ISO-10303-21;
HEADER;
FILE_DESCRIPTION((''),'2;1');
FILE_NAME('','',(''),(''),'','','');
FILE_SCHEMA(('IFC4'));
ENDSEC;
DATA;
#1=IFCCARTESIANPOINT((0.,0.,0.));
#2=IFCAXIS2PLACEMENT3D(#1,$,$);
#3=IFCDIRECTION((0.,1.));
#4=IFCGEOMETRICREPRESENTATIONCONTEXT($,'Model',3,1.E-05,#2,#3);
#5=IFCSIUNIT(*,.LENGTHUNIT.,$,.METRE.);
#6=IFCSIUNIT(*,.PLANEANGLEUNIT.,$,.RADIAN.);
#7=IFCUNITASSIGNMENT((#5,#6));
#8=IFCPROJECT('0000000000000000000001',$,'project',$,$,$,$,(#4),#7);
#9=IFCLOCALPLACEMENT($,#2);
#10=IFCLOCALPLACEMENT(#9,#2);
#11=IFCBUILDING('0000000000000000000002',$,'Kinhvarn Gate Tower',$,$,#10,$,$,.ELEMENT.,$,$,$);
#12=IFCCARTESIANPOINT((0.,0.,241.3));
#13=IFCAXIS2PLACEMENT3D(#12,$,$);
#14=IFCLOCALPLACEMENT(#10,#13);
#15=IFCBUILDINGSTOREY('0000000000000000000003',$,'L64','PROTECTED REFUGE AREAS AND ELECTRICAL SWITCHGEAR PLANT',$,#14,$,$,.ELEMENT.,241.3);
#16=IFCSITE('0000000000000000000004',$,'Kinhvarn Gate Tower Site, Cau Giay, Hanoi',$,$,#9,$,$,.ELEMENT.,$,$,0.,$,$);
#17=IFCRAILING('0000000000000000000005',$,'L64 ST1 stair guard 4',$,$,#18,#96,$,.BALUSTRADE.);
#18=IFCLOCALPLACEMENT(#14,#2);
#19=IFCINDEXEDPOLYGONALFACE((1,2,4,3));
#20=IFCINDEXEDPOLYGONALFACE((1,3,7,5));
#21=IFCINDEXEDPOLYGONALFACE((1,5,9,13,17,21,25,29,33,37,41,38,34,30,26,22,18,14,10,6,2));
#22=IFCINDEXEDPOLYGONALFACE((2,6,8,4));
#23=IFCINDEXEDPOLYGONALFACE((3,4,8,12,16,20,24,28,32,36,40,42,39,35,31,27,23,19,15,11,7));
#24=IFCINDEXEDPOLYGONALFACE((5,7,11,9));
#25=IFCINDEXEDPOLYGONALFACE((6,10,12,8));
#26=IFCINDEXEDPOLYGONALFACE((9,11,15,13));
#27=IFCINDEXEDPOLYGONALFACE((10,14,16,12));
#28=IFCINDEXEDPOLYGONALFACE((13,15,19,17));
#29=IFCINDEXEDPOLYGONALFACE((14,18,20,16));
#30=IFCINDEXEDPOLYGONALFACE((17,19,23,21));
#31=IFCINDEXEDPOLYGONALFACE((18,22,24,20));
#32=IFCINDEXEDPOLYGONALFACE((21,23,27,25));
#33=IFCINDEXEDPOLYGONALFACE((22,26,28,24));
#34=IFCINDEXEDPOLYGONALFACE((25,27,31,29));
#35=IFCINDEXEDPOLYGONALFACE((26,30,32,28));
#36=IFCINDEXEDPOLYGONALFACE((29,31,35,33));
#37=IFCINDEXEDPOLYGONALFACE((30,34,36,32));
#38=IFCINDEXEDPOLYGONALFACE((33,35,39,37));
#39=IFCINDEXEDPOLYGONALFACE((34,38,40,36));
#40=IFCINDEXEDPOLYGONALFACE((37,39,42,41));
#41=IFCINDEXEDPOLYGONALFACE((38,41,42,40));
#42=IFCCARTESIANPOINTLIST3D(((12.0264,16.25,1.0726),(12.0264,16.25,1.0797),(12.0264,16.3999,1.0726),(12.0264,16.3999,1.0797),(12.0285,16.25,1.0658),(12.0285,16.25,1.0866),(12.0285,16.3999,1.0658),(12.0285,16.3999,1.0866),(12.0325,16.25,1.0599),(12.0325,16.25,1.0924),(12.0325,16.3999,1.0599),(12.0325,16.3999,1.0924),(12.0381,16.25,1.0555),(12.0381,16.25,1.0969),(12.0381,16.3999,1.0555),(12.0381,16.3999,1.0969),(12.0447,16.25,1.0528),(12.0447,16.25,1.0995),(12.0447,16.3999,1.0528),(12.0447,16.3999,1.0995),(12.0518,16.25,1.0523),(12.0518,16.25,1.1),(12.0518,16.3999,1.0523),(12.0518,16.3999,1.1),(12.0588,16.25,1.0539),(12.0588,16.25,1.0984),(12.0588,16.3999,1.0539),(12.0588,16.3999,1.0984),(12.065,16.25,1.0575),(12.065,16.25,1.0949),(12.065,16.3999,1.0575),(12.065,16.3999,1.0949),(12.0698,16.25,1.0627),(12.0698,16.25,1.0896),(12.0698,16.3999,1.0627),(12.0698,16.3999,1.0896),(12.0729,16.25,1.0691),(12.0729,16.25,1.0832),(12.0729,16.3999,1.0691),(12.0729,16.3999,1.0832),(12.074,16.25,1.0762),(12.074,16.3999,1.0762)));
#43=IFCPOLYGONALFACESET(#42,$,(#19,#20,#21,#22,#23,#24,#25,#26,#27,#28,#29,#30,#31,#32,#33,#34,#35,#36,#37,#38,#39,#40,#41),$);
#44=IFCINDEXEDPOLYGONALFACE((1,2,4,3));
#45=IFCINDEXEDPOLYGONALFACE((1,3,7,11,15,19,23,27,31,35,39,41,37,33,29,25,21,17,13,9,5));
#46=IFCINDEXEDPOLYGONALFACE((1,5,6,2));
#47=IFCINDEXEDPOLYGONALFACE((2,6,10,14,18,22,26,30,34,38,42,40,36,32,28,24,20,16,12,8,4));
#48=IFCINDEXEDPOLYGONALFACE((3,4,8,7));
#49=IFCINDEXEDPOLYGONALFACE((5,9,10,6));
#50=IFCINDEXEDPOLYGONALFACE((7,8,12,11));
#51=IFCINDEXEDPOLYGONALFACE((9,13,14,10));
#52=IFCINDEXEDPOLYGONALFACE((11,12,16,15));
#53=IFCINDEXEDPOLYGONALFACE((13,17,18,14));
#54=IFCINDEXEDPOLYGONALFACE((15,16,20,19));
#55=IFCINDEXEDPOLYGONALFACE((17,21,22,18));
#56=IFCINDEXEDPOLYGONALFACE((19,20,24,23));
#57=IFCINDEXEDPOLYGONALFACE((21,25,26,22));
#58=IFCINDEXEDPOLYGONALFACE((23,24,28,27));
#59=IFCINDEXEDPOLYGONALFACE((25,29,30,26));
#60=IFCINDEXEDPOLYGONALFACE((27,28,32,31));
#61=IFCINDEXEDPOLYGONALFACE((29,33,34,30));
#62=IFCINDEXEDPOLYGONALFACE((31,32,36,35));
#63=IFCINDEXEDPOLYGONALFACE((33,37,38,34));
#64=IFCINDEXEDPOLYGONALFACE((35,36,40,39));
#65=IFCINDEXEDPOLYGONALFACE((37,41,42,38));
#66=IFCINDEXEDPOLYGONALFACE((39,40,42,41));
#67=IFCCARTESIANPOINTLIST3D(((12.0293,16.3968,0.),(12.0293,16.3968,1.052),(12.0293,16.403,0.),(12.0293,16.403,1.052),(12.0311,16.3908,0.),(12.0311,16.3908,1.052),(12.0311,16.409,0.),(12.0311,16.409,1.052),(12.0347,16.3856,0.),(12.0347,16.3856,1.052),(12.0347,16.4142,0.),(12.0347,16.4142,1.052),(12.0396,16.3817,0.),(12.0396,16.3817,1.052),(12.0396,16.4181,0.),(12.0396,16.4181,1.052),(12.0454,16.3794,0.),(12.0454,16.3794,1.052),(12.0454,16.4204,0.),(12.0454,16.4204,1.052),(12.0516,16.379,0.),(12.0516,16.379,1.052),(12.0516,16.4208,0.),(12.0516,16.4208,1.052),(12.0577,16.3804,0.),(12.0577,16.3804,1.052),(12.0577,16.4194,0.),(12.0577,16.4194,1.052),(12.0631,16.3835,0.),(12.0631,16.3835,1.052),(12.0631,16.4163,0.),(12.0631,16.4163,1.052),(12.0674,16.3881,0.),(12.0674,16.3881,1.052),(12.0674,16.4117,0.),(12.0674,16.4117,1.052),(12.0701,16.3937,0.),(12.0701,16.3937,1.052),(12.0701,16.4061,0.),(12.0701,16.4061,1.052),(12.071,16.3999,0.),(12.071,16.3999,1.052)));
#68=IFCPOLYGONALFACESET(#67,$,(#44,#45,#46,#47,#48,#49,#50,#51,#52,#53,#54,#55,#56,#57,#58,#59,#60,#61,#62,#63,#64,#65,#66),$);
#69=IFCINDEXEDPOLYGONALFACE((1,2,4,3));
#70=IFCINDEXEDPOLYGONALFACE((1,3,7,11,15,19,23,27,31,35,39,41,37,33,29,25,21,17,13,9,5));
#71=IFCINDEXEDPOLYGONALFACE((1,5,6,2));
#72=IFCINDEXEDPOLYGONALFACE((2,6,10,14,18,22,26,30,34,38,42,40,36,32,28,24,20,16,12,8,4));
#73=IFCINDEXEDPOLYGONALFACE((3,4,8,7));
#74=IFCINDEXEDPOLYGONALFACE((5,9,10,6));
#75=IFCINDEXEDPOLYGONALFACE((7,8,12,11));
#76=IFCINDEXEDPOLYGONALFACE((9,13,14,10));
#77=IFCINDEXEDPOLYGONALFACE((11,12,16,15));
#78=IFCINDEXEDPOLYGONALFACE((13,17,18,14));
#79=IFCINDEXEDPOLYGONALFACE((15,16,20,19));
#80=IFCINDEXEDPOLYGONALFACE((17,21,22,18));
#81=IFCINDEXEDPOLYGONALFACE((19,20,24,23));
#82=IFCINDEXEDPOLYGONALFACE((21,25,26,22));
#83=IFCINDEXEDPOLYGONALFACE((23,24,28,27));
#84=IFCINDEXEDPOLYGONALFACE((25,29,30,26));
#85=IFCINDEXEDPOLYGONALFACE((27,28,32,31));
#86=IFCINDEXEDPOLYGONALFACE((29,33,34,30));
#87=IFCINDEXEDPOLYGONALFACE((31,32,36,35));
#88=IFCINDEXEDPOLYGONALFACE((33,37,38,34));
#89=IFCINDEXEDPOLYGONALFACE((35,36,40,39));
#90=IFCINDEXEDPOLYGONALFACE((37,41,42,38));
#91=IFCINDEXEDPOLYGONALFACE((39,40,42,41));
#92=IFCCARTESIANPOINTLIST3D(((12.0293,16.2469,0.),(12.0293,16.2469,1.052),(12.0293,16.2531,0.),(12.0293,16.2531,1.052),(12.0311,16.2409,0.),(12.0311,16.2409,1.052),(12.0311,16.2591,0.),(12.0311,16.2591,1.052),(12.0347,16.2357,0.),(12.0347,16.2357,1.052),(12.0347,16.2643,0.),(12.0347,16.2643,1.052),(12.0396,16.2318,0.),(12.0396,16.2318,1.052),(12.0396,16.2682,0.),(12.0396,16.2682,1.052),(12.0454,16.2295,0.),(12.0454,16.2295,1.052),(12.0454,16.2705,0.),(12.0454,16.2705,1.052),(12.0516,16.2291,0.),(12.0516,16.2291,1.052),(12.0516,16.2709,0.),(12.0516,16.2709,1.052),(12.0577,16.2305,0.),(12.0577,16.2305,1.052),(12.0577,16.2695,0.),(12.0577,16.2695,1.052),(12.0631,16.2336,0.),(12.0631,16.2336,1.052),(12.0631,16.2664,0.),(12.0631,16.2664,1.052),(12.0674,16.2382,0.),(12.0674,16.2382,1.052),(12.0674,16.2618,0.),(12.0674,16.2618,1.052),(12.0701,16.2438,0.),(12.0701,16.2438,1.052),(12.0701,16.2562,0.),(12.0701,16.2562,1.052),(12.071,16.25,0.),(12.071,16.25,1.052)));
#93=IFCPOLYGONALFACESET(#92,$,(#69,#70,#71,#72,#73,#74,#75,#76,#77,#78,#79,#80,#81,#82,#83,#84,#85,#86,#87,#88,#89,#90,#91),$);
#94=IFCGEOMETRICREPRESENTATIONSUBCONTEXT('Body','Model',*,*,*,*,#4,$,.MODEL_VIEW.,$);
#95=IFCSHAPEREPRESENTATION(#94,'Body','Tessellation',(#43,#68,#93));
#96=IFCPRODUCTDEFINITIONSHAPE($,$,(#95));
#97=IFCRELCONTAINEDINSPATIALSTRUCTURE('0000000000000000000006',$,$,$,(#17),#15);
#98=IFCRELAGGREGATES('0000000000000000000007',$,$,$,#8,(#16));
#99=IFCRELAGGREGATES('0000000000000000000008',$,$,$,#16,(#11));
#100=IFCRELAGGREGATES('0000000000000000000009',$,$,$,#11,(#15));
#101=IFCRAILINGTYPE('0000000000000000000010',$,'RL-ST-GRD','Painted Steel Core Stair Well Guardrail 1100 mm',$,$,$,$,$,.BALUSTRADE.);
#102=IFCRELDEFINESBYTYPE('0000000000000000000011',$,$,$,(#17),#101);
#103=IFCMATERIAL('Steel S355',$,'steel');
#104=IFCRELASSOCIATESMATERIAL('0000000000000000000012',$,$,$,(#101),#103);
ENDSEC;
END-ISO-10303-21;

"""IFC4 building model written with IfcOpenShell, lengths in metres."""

from ifc_helpers import new_model, si_unit, direction, frame, origin, origin_2d, place, context, subcontext, project, spatial, circle, extrude, material, type_object, element, save


model = new_model("IFC4")

# Units and contexts
model_context = context("Model", 3, precision=1e-05, world=origin(), true_north=direction((0.0, 1.0)))
body_context = subcontext(model_context, "Body", "Model", "MODEL_VIEW")
ifc_project = project(units=[si_unit("LENGTHUNIT", "METRE"), si_unit("PLANEANGLEUNIT", "RADIAN")], contexts=[model_context])

# Site, building, storey
site_placement = place(None, origin())
site = spatial("IfcSite", under=ifc_project, at=site_placement, Name="Kinhvarn Gate Tower Site, Cau Giay, Hanoi", CompositionType="ELEMENT", RefElevation=0.0)
building_placement = place(site_placement, origin())
building = spatial("IfcBuilding", under=site, at=building_placement, Name="Kinhvarn Gate Tower", CompositionType="ELEMENT")
storey_placement = place(building_placement, frame((0.0, 0.0, 241.3)))
storey = spatial("IfcBuildingStorey", under=building, at=storey_placement, Name="L64", Description="PROTECTED REFUGE AREAS AND ELECTRICAL SWITCHGEAR PLANT", CompositionType="ELEMENT", Elevation=241.3)

# Shared definitions
ifc_material_1 = material(Name="Steel S355", Category="steel")

# Railing
railing_type_1 = type_object("IfcRailingType", Name="RL-ST-GRD", Description="Painted Steel Core Stair Well Guardrail 1100 mm", PredefinedType="BALUSTRADE", material=ifc_material_1)
railing_1_placement = place(storey_placement, frame((12.05, 16.3999, 0.0)))
element("IfcRailing", 1, at=railing_1_placement, inside=storey, type_object=railing_type_1, Name="L64 ST1 stair guard 4", PredefinedType="BALUSTRADE", context=body_context, shape_type="SweptSolid", body=[
    extrude(circle(Radius=0.0239, at=origin_2d()), frame((0.0, 0.0, 1.0762), z_axis=(0.0, -1.0, 0.0), x_axis=(1.0, 0.0, 0.0)), (0.0, 0.0, 1.0), 0.1499),
    extrude(circle(Radius=0.021, at=origin_2d()), origin(), (0.0, 0.0, 1.0), 1.052),
    extrude(circle(Radius=0.021, at=origin_2d()), frame((0.0, -0.1499, 0.0)), (0.0, 0.0, 1.0), 1.052),
])

save(model, "model.ifc")
